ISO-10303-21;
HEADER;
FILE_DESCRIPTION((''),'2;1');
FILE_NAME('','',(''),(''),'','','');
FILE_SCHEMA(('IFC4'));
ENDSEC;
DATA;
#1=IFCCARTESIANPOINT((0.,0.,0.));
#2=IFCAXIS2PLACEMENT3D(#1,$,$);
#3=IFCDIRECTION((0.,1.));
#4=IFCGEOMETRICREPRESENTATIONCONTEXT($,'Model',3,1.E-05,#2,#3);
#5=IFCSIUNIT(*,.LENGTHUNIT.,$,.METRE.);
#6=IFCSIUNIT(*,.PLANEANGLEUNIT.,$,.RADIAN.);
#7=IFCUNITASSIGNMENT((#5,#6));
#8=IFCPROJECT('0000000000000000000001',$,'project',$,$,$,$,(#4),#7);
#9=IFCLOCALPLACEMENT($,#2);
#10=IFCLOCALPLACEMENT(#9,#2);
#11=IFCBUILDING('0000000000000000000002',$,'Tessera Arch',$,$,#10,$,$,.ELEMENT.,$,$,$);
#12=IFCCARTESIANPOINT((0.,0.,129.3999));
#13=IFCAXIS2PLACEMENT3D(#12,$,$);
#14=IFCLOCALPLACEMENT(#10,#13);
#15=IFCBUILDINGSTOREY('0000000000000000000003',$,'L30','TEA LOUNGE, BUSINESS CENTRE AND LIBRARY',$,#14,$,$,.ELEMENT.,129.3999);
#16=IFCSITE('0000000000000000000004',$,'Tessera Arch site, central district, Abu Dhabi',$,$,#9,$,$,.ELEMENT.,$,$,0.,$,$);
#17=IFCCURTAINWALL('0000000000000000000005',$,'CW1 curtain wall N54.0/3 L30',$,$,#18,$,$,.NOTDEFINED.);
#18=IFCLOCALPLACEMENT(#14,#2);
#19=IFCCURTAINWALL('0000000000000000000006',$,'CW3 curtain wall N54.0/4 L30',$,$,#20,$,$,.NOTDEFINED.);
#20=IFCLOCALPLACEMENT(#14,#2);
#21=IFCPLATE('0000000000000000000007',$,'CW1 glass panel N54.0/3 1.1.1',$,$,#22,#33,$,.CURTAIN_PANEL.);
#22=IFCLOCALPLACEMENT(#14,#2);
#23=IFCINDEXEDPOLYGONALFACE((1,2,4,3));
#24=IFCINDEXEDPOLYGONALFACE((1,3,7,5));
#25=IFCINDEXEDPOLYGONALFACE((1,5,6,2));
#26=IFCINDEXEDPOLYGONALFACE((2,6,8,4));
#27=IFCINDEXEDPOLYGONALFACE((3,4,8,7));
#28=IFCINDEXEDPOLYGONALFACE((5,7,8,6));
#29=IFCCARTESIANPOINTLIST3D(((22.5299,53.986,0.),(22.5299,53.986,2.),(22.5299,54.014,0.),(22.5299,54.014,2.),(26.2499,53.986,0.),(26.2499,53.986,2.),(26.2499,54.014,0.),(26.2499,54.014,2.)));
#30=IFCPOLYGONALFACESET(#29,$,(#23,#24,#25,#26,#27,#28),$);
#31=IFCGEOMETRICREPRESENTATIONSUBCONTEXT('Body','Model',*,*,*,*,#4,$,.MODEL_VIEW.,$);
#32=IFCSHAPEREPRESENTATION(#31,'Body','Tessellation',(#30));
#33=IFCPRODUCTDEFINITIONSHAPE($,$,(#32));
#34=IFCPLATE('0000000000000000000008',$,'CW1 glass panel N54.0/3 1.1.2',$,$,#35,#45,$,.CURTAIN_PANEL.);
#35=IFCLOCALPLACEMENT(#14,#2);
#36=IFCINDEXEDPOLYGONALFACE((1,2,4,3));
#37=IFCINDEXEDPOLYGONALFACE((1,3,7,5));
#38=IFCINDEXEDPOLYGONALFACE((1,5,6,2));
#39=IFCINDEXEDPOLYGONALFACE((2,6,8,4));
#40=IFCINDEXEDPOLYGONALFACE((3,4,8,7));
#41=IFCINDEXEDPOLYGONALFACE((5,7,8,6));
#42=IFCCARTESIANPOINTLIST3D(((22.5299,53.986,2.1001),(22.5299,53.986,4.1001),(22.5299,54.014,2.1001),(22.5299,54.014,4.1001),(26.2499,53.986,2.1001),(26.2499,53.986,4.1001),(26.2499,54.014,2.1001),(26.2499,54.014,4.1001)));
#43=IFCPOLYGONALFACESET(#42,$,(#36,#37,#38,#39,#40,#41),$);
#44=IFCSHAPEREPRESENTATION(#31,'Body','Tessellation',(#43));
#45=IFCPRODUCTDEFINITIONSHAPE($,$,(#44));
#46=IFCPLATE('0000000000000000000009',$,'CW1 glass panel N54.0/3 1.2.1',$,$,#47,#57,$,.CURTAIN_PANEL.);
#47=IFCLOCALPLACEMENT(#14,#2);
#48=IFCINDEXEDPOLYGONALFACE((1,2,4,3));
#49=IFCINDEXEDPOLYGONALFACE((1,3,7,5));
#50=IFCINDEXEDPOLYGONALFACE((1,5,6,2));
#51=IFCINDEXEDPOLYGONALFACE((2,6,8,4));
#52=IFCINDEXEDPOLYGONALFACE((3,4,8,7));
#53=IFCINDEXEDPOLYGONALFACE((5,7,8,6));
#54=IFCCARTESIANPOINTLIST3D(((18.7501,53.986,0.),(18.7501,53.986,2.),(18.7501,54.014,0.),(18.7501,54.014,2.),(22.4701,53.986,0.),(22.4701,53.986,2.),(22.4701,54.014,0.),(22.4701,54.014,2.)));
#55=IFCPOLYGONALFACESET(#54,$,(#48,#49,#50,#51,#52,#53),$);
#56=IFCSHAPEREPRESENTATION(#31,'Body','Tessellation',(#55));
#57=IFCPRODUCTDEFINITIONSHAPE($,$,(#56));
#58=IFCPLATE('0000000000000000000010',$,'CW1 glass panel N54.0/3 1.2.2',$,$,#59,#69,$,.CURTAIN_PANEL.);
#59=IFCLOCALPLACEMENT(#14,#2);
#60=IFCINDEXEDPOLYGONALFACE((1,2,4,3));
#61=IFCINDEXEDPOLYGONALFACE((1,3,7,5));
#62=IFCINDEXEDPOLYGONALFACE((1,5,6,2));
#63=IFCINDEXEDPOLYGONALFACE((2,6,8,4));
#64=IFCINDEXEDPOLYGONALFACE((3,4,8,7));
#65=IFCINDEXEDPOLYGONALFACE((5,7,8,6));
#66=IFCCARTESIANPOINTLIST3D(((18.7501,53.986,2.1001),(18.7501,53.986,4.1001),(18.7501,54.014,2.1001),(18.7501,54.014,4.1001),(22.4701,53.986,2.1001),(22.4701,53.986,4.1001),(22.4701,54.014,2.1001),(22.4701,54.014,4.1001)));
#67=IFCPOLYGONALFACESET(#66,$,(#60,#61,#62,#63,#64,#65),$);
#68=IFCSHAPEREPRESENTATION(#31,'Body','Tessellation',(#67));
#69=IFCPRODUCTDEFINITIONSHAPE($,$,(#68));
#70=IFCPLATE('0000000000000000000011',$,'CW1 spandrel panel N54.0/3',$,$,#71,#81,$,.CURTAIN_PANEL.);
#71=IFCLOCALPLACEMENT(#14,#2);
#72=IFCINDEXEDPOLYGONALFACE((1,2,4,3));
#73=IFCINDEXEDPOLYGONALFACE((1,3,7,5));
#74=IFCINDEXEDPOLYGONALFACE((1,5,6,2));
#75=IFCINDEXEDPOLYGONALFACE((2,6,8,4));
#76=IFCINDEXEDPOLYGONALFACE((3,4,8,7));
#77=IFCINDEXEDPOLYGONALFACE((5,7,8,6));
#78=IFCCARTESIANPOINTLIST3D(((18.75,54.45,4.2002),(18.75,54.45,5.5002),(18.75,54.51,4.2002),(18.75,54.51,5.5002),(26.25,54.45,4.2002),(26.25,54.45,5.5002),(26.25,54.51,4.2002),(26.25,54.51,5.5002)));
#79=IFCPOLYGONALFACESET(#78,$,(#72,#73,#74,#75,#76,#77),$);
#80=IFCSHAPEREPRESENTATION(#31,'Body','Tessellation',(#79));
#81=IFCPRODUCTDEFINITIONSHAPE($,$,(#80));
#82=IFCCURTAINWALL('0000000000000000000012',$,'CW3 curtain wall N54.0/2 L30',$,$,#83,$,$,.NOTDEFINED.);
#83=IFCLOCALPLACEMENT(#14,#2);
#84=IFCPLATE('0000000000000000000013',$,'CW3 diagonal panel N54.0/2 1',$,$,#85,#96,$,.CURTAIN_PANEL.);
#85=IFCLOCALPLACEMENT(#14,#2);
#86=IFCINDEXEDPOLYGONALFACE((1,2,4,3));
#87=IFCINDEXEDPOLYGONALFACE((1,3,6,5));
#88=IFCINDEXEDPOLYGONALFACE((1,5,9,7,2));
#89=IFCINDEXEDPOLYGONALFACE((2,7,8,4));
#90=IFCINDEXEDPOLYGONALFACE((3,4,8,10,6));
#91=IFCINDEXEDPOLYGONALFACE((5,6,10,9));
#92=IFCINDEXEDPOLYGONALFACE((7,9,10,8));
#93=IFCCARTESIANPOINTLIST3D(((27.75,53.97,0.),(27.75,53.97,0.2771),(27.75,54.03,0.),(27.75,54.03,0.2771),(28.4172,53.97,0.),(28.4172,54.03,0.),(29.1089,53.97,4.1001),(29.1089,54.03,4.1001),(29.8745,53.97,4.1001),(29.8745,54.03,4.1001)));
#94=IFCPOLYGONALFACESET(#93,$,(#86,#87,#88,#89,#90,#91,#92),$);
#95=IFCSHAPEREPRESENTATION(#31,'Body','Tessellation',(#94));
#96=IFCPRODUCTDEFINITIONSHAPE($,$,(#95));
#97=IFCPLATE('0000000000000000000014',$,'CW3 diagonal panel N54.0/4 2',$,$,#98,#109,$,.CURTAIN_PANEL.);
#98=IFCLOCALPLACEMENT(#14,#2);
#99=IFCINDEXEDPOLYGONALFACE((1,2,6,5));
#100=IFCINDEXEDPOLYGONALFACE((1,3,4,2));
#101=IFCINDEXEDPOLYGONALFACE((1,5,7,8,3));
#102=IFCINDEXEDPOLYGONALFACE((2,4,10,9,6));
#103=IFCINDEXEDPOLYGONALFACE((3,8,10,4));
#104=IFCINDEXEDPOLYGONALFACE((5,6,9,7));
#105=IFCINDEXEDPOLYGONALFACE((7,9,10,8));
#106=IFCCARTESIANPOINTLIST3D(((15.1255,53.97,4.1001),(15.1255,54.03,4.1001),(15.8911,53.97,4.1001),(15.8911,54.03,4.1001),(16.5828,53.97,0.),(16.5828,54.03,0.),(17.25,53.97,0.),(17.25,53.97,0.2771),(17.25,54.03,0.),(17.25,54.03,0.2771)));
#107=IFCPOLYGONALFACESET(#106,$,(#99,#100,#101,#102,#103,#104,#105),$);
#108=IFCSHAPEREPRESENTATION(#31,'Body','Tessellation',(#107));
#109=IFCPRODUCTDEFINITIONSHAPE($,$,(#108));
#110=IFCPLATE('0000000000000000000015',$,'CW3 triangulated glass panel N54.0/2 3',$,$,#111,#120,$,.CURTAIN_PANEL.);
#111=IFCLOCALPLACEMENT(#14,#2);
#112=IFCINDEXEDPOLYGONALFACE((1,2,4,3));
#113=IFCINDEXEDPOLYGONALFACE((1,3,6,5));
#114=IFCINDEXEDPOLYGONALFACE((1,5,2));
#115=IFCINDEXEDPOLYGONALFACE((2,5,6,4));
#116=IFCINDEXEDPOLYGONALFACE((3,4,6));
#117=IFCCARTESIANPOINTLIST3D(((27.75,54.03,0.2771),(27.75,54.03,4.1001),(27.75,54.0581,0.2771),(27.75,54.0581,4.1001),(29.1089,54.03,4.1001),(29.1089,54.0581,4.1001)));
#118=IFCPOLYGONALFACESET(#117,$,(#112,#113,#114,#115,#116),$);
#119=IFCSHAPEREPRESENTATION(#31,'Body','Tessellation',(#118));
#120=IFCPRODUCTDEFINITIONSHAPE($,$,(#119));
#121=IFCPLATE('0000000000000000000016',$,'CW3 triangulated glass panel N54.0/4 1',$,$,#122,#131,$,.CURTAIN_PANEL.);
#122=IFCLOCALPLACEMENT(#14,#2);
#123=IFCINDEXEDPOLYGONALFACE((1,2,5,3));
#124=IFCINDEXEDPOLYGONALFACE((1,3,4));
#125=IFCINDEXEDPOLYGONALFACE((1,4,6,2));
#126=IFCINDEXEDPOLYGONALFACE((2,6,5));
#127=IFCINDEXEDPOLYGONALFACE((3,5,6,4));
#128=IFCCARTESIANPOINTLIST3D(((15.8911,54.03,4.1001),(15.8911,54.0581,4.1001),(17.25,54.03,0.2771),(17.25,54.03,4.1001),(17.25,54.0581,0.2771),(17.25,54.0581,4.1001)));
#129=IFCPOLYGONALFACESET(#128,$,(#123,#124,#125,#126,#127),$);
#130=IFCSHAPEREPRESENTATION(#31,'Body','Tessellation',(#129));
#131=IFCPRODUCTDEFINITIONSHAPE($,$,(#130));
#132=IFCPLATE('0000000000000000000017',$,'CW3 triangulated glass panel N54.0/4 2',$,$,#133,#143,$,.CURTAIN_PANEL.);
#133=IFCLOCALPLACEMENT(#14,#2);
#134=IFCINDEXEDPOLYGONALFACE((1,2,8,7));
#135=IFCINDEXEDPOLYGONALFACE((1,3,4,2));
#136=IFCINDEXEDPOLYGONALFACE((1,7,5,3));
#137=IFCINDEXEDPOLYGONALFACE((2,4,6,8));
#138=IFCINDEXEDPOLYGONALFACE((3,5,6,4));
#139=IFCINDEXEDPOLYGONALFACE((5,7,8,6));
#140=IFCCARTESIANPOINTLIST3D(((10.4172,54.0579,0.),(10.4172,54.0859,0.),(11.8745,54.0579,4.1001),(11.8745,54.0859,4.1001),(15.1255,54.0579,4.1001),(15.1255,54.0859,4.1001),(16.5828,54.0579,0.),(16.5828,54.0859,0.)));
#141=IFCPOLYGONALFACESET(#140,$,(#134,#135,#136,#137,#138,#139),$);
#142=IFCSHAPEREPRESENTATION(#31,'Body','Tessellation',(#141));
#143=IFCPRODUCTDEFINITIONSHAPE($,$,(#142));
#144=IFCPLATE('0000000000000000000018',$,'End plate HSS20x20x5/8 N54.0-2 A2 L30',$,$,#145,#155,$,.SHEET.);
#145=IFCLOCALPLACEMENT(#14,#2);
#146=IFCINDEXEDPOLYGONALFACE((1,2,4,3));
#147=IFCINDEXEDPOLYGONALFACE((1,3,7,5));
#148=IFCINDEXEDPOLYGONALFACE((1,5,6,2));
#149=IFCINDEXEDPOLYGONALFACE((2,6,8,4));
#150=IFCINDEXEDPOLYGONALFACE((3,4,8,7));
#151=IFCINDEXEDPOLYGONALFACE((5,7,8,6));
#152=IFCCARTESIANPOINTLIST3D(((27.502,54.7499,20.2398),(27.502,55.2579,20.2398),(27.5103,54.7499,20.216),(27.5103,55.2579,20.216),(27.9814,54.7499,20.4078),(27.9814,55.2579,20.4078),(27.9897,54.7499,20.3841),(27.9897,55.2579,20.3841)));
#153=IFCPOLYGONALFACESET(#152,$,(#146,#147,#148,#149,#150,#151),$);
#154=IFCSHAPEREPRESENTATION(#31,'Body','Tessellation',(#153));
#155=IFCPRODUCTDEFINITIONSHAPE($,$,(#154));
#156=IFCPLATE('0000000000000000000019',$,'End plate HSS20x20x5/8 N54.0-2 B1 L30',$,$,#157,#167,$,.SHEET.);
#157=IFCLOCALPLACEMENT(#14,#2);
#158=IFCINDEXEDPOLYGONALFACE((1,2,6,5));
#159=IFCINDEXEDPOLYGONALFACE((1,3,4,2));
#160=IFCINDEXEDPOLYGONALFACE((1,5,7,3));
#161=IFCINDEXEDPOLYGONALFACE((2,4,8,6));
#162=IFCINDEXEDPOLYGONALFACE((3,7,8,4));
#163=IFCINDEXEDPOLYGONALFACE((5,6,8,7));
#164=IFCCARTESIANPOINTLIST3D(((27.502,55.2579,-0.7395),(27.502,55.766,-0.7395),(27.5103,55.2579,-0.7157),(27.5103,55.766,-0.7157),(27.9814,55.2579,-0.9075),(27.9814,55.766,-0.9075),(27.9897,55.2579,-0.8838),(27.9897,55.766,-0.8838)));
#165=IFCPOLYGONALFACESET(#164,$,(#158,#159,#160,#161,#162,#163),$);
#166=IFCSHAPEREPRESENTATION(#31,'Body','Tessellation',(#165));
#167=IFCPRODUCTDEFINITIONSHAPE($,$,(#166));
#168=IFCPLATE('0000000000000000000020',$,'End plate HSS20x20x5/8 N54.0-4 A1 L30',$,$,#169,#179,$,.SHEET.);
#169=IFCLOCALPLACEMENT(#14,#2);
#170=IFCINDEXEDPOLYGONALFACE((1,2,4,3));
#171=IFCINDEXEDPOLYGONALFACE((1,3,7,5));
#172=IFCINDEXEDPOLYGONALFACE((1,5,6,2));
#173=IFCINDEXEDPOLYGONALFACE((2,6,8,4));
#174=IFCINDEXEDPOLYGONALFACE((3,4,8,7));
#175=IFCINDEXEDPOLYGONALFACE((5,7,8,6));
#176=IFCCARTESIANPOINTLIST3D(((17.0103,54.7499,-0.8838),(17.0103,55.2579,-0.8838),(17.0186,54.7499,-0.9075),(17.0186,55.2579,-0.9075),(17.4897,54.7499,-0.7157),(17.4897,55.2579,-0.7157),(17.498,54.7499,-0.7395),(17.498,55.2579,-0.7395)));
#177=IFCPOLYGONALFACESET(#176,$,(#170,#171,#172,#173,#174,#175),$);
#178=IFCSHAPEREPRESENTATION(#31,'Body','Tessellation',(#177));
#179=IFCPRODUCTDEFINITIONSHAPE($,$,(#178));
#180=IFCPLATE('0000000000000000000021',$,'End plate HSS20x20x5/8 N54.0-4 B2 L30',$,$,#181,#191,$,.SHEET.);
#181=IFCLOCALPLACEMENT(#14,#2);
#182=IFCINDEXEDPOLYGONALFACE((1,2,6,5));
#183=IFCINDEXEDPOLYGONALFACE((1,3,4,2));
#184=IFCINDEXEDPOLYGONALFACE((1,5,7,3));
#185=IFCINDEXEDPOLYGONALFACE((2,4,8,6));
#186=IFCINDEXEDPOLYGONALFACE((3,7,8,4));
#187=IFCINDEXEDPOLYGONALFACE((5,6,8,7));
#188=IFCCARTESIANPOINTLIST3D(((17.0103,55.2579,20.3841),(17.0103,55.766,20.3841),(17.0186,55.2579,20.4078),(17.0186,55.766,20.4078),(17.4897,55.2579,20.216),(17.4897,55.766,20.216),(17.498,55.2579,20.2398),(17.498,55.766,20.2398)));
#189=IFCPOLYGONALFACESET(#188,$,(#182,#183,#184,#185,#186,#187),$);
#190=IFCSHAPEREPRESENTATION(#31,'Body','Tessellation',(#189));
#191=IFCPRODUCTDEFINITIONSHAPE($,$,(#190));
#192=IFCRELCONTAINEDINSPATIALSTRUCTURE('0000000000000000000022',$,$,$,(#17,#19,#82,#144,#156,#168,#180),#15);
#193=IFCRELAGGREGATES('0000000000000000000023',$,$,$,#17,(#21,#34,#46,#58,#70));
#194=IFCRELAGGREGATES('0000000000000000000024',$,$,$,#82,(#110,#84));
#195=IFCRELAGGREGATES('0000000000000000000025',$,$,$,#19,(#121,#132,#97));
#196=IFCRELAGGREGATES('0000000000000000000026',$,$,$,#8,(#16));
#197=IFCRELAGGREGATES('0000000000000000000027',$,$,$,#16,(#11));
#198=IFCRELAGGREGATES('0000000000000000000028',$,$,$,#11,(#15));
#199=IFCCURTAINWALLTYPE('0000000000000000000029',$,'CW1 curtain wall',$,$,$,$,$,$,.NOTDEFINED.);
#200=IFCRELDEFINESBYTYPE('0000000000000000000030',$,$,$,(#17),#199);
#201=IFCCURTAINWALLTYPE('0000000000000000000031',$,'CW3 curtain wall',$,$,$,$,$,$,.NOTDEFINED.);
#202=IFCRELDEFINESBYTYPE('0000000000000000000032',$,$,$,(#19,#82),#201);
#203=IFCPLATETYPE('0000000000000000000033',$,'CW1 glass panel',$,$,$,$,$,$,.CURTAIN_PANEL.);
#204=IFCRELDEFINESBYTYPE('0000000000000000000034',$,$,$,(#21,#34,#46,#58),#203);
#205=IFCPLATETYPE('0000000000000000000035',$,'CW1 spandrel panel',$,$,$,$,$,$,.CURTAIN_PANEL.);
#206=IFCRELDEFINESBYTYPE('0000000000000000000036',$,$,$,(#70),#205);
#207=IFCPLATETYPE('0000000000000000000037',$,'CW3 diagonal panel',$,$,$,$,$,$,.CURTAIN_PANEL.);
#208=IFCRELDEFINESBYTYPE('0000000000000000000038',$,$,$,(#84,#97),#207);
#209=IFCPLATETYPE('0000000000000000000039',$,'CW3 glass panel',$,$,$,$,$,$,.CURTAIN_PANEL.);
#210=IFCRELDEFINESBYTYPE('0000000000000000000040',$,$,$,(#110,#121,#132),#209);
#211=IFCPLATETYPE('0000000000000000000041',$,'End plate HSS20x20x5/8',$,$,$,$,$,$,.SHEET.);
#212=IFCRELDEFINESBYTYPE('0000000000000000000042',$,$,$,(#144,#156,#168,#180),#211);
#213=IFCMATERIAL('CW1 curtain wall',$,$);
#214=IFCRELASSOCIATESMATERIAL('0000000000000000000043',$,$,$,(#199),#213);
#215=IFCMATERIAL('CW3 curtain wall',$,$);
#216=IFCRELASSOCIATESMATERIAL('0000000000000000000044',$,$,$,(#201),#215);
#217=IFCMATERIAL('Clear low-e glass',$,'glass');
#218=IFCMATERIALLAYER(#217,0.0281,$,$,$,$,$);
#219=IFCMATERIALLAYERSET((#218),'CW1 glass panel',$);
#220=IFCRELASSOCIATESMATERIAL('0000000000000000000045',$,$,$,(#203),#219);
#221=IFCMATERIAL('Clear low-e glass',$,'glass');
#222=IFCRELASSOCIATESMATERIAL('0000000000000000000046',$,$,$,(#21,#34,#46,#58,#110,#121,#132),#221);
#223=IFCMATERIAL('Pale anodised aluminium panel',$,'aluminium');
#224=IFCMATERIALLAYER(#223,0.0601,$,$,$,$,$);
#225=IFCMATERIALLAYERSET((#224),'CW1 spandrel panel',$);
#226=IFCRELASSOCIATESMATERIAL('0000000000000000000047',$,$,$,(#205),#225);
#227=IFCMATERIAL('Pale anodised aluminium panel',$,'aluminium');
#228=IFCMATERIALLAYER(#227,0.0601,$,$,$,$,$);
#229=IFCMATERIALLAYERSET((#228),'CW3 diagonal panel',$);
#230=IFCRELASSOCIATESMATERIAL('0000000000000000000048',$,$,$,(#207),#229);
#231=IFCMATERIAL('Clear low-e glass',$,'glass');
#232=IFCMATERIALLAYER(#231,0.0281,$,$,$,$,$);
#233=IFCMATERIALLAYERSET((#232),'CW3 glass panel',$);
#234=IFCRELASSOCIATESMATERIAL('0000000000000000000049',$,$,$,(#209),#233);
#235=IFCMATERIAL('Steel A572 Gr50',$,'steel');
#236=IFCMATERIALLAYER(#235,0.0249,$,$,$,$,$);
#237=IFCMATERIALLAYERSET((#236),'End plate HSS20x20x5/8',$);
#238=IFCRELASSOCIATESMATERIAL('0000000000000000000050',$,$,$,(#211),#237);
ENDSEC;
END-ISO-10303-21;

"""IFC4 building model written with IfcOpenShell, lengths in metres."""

from ifc_helpers import new_model, si_unit, direction, frame, origin, origin_2d, place, context, subcontext, project, spatial, polyline, rectangle, outline, extrude, material, layer, layer_set, type_object, element, aggregate, save


model = new_model("IFC4")

# Units and contexts
model_context = context("Model", 3, precision=1e-05, world=origin(), true_north=direction((0.0, 1.0)))
body_context = subcontext(model_context, "Body", "Model", "MODEL_VIEW")
ifc_project = project(units=[si_unit("LENGTHUNIT", "METRE"), si_unit("PLANEANGLEUNIT", "RADIAN")], contexts=[model_context])

# Site, building, storey
site_placement = place(None, origin())
site = spatial("IfcSite", under=ifc_project, at=site_placement, Name="Tessera Arch site, central district, Abu Dhabi", CompositionType="ELEMENT", RefElevation=0.0)
building_placement = place(site_placement, origin())
building = spatial("IfcBuilding", under=site, at=building_placement, Name="Tessera Arch", CompositionType="ELEMENT")
storey_placement = place(building_placement, frame((0.0, 0.0, 129.3999)))
storey = spatial("IfcBuildingStorey", under=building, at=storey_placement, Name="L30", Description="TEA LOUNGE, BUSINESS CENTRE AND LIBRARY", CompositionType="ELEMENT", Elevation=129.3999)

# Curtain wall
ifc_material_1 = material(Name="CW1 curtain wall")
curtain_wall_type_1 = type_object("IfcCurtainWallType", Name="CW1 curtain wall", PredefinedType="NOTDEFINED", material=ifc_material_1)
curtain_wall_1_placement = place(storey_placement, origin())
curtain_wall_1 = element("IfcCurtainWall", 1, at=curtain_wall_1_placement, inside=storey, type_object=curtain_wall_type_1, Name="CW1 curtain wall N54.0/3 L30", PredefinedType="NOTDEFINED")

# Curtain wall
ifc_material_2 = material(Name="CW3 curtain wall")
curtain_wall_type_2 = type_object("IfcCurtainWallType", Name="CW3 curtain wall", PredefinedType="NOTDEFINED", material=ifc_material_2)
curtain_wall_2_placement = place(storey_placement, origin())
curtain_wall_2 = element("IfcCurtainWall", 2, at=curtain_wall_2_placement, inside=storey, type_object=curtain_wall_type_2, Name="CW3 curtain wall N54.0/4 L30", PredefinedType="NOTDEFINED")

# Plates
ifc_material_3 = material(Name="Clear low-e glass", Category="glass")
ifc_material_4 = material(Name="Clear low-e glass", Category="glass")
ifc_layer_1 = layer(ifc_material_4, 0.0281)
ifc_layer_set_1 = layer_set([ifc_layer_1], Name="CW1 glass panel")
plate_type_1 = type_object("IfcPlateType", Name="CW1 glass panel", PredefinedType="CURTAIN_PANEL", material=ifc_layer_set_1)
plate_1_placement = place(storey_placement, frame((24.3899, 54.0, 0.0), z_axis=(0.0, 0.0, 1.0), x_axis=(-1.0, 0.0, 0.0)))
plate_1 = element("IfcPlate", 3, at=plate_1_placement, type_object=plate_type_1, material=ifc_material_3, Name="CW1 glass panel N54.0/3 1.1.1", PredefinedType="CURTAIN_PANEL", context=body_context, shape_type="SweptSolid", body=[
    extrude(rectangle(XDim=3.72, YDim=0.0281, at=origin_2d()), origin(), (0.0, 0.0, 1.0), 2.0),
])
plate_2_placement = place(storey_placement, frame((24.3899, 54.0, 2.1001), z_axis=(0.0, 0.0, 1.0), x_axis=(-1.0, 0.0, 0.0)))
plate_2 = element("IfcPlate", 4, at=plate_2_placement, type_object=plate_type_1, material=ifc_material_3, Name="CW1 glass panel N54.0/3 1.1.2", PredefinedType="CURTAIN_PANEL", context=body_context, shape_type="SweptSolid", body=[
    extrude(rectangle(XDim=3.72, YDim=0.0281, at=origin_2d()), origin(), (0.0, 0.0, 1.0), 2.0),
])
plate_3_placement = place(storey_placement, frame((20.6101, 54.0, 0.0), z_axis=(0.0, 0.0, 1.0), x_axis=(-1.0, 0.0, 0.0)))
plate_3 = element("IfcPlate", 5, at=plate_3_placement, type_object=plate_type_1, material=ifc_material_3, Name="CW1 glass panel N54.0/3 1.2.1", PredefinedType="CURTAIN_PANEL", context=body_context, shape_type="SweptSolid", body=[
    extrude(rectangle(XDim=3.72, YDim=0.0281, at=origin_2d()), origin(), (0.0, 0.0, 1.0), 2.0),
])
plate_4_placement = place(storey_placement, frame((20.6101, 54.0, 2.1001), z_axis=(0.0, 0.0, 1.0), x_axis=(-1.0, 0.0, 0.0)))
plate_4 = element("IfcPlate", 6, at=plate_4_placement, type_object=plate_type_1, material=ifc_material_3, Name="CW1 glass panel N54.0/3 1.2.2", PredefinedType="CURTAIN_PANEL", context=body_context, shape_type="SweptSolid", body=[
    extrude(rectangle(XDim=3.72, YDim=0.0281, at=origin_2d()), origin(), (0.0, 0.0, 1.0), 2.0),
])
ifc_material_5 = material(Name="Pale anodised aluminium panel", Category="aluminium")
ifc_layer_2 = layer(ifc_material_5, 0.0601)
ifc_layer_set_2 = layer_set([ifc_layer_2], Name="CW1 spandrel panel")
plate_type_2 = type_object("IfcPlateType", Name="CW1 spandrel panel", PredefinedType="CURTAIN_PANEL", material=ifc_layer_set_2)
plate_5_placement = place(storey_placement, frame((22.5, 54.48, 4.2002), z_axis=(0.0, 0.0, 1.0), x_axis=(-1.0, 0.0, 0.0)))
plate_5 = element("IfcPlate", 7, at=plate_5_placement, type_object=plate_type_2, Name="CW1 spandrel panel N54.0/3", PredefinedType="CURTAIN_PANEL", context=body_context, shape_type="SweptSolid", body=[
    extrude(rectangle(XDim=7.5, YDim=0.0601, at=origin_2d()), origin(), (0.0, 0.0, 1.0), 1.3),
])
aggregate(curtain_wall_1, [plate_1, plate_2, plate_3, plate_4, plate_5])

# Curtain wall, plate
curtain_wall_3_placement = place(storey_placement, origin())
curtain_wall_3 = element("IfcCurtainWall", 8, at=curtain_wall_3_placement, inside=storey, type_object=curtain_wall_type_2, Name="CW3 curtain wall N54.0/2 L30", PredefinedType="NOTDEFINED")
ifc_material_6 = material(Name="Pale anodised aluminium panel", Category="aluminium")
ifc_layer_3 = layer(ifc_material_6, 0.0601)
ifc_layer_set_3 = layer_set([ifc_layer_3], Name="CW3 diagonal panel")
plate_type_3 = type_object("IfcPlateType", Name="CW3 diagonal panel", PredefinedType="CURTAIN_PANEL", material=ifc_layer_set_3)
plate_6_placement = place(storey_placement, frame((27.75, 54.03, 0.0), z_axis=(0.0, 1.0, 0.0), x_axis=(0.0, 0.0, 1.0)))
plate_6 = element("IfcPlate", 9, at=plate_6_placement, type_object=plate_type_3, Name="CW3 diagonal panel N54.0/2 1", PredefinedType="CURTAIN_PANEL", context=body_context, shape_type="SweptSolid", body=[
    extrude(outline(polyline([(0.0, 0.0), (0.2771, 0.0), (4.1001, 1.3589), (4.1001, 2.1245), (0.0, 0.6672), (0.0, 0.0)])), origin(), (0.0, 0.0, -1.0), 0.0601),
])

# Plates
plate_7_placement = place(storey_placement, frame((15.1255, 54.03, 4.1001), z_axis=(0.0, 1.0, 0.0), x_axis=(1.0, 0.0, 0.0)))
plate_7 = element("IfcPlate", 10, at=plate_7_placement, type_object=plate_type_3, Name="CW3 diagonal panel N54.0/4 2", PredefinedType="CURTAIN_PANEL", context=body_context, shape_type="SweptSolid", body=[
    extrude(outline(polyline([(0.0, 0.0), (0.7656, 0.0), (2.1245, 3.823), (2.1245, 4.1001), (1.4573, 4.1001), (0.0, 0.0)])), origin(), (0.0, 0.0, -1.0), 0.0601),
])
ifc_material_7 = material(Name="Clear low-e glass", Category="glass")
ifc_layer_4 = layer(ifc_material_7, 0.0281)
ifc_layer_set_4 = layer_set([ifc_layer_4], Name="CW3 glass panel")
plate_type_4 = type_object("IfcPlateType", Name="CW3 glass panel", PredefinedType="CURTAIN_PANEL", material=ifc_layer_set_4)
plate_8_placement = place(storey_placement, frame((27.75, 54.0581, 4.1001), z_axis=(0.0, 1.0, 0.0), x_axis=(1.0, 0.0, 0.0)))
plate_8 = element("IfcPlate", 11, at=plate_8_placement, type_object=plate_type_4, material=ifc_material_3, Name="CW3 triangulated glass panel N54.0/2 3", PredefinedType="CURTAIN_PANEL", context=body_context, shape_type="SweptSolid", body=[
    extrude(outline(polyline([(0.0, 0.0), (1.3589, 0.0), (0.0, 3.823), (0.0, 0.0)])), origin(), (0.0, 0.0, -1.0), 0.0281),
])
aggregate(curtain_wall_3, [plate_8, plate_6])
plate_9_placement = place(storey_placement, frame((17.25, 54.0581, 4.1001), z_axis=(0.0, 1.0, 0.0), x_axis=(0.0, 0.0, -1.0)))
plate_9 = element("IfcPlate", 12, at=plate_9_placement, type_object=plate_type_4, material=ifc_material_3, Name="CW3 triangulated glass panel N54.0/4 1", PredefinedType="CURTAIN_PANEL", context=body_context, shape_type="SweptSolid", body=[
    extrude(outline(polyline([(0.0, 0.0), (3.823, 0.0), (0.0, 1.3589), (0.0, 0.0)])), origin(), (0.0, 0.0, -1.0), 0.0281),
])
plate_10_placement = place(storey_placement, frame((11.8745, 54.0859, 4.1001), z_axis=(0.0, 1.0, 0.0), x_axis=(1.0, 0.0, 0.0)))
plate_10 = element("IfcPlate", 13, at=plate_10_placement, type_object=plate_type_4, material=ifc_material_3, Name="CW3 triangulated glass panel N54.0/4 2", PredefinedType="CURTAIN_PANEL", context=body_context, shape_type="SweptSolid", body=[
    extrude(outline(polyline([(0.0, 0.0), (3.251, 0.0), (4.7083, 4.1001), (-1.4573, 4.1001), (0.0, 0.0)])), origin(), (0.0, 0.0, -1.0), 0.0281),
])
aggregate(curtain_wall_2, [plate_9, plate_10, plate_7])

# Plates
ifc_material_8 = material(Name="Steel A572 Gr50", Category="steel")
ifc_layer_5 = layer(ifc_material_8, 0.0249)
ifc_layer_set_5 = layer_set([ifc_layer_5], Name="End plate HSS20x20x5/8")
plate_type_5 = type_object("IfcPlateType", Name="End plate HSS20x20x5/8", PredefinedType="SHEET", material=ifc_layer_set_5)
for number, where, z_axis, x_axis, name in (
    (14, (27.75, 55.0039, 20.3), (-0.330784, 0.0, 0.943707), (0.0, -1.0, 0.0), "End plate HSS20x20x5/8 N54.0-2 A2 L30"),
    (15, (27.7417, 55.512, -0.8235), (0.330784, 0.0, 0.943707), (0.0, 1.0, 0.0), "End plate HSS20x20x5/8 N54.0-2 B1 L30"),
    (16, (17.2583, 55.0039, -0.8235), (-0.330784, 0.0, 0.943707), (0.0, -1.0, 0.0), "End plate HSS20x20x5/8 N54.0-4 A1 L30"),
    (17, (17.25, 55.512, 20.3), (0.330784, 0.0, 0.943707), (0.0, 1.0, 0.0), "End plate HSS20x20x5/8 N54.0-4 B2 L30"),
):
    element("IfcPlate", number, at=place(storey_placement, frame(where, z_axis=z_axis, x_axis=x_axis)), inside=storey, type_object=plate_type_5, Name=name, PredefinedType="SHEET", context=body_context, shape_type="SweptSolid", body=[
        extrude(rectangle(XDim=0.5081, YDim=0.5081, at=origin_2d()), origin(), (0.0, 0.0, 1.0), 0.0251),
    ])

save(model, "model.ifc")
